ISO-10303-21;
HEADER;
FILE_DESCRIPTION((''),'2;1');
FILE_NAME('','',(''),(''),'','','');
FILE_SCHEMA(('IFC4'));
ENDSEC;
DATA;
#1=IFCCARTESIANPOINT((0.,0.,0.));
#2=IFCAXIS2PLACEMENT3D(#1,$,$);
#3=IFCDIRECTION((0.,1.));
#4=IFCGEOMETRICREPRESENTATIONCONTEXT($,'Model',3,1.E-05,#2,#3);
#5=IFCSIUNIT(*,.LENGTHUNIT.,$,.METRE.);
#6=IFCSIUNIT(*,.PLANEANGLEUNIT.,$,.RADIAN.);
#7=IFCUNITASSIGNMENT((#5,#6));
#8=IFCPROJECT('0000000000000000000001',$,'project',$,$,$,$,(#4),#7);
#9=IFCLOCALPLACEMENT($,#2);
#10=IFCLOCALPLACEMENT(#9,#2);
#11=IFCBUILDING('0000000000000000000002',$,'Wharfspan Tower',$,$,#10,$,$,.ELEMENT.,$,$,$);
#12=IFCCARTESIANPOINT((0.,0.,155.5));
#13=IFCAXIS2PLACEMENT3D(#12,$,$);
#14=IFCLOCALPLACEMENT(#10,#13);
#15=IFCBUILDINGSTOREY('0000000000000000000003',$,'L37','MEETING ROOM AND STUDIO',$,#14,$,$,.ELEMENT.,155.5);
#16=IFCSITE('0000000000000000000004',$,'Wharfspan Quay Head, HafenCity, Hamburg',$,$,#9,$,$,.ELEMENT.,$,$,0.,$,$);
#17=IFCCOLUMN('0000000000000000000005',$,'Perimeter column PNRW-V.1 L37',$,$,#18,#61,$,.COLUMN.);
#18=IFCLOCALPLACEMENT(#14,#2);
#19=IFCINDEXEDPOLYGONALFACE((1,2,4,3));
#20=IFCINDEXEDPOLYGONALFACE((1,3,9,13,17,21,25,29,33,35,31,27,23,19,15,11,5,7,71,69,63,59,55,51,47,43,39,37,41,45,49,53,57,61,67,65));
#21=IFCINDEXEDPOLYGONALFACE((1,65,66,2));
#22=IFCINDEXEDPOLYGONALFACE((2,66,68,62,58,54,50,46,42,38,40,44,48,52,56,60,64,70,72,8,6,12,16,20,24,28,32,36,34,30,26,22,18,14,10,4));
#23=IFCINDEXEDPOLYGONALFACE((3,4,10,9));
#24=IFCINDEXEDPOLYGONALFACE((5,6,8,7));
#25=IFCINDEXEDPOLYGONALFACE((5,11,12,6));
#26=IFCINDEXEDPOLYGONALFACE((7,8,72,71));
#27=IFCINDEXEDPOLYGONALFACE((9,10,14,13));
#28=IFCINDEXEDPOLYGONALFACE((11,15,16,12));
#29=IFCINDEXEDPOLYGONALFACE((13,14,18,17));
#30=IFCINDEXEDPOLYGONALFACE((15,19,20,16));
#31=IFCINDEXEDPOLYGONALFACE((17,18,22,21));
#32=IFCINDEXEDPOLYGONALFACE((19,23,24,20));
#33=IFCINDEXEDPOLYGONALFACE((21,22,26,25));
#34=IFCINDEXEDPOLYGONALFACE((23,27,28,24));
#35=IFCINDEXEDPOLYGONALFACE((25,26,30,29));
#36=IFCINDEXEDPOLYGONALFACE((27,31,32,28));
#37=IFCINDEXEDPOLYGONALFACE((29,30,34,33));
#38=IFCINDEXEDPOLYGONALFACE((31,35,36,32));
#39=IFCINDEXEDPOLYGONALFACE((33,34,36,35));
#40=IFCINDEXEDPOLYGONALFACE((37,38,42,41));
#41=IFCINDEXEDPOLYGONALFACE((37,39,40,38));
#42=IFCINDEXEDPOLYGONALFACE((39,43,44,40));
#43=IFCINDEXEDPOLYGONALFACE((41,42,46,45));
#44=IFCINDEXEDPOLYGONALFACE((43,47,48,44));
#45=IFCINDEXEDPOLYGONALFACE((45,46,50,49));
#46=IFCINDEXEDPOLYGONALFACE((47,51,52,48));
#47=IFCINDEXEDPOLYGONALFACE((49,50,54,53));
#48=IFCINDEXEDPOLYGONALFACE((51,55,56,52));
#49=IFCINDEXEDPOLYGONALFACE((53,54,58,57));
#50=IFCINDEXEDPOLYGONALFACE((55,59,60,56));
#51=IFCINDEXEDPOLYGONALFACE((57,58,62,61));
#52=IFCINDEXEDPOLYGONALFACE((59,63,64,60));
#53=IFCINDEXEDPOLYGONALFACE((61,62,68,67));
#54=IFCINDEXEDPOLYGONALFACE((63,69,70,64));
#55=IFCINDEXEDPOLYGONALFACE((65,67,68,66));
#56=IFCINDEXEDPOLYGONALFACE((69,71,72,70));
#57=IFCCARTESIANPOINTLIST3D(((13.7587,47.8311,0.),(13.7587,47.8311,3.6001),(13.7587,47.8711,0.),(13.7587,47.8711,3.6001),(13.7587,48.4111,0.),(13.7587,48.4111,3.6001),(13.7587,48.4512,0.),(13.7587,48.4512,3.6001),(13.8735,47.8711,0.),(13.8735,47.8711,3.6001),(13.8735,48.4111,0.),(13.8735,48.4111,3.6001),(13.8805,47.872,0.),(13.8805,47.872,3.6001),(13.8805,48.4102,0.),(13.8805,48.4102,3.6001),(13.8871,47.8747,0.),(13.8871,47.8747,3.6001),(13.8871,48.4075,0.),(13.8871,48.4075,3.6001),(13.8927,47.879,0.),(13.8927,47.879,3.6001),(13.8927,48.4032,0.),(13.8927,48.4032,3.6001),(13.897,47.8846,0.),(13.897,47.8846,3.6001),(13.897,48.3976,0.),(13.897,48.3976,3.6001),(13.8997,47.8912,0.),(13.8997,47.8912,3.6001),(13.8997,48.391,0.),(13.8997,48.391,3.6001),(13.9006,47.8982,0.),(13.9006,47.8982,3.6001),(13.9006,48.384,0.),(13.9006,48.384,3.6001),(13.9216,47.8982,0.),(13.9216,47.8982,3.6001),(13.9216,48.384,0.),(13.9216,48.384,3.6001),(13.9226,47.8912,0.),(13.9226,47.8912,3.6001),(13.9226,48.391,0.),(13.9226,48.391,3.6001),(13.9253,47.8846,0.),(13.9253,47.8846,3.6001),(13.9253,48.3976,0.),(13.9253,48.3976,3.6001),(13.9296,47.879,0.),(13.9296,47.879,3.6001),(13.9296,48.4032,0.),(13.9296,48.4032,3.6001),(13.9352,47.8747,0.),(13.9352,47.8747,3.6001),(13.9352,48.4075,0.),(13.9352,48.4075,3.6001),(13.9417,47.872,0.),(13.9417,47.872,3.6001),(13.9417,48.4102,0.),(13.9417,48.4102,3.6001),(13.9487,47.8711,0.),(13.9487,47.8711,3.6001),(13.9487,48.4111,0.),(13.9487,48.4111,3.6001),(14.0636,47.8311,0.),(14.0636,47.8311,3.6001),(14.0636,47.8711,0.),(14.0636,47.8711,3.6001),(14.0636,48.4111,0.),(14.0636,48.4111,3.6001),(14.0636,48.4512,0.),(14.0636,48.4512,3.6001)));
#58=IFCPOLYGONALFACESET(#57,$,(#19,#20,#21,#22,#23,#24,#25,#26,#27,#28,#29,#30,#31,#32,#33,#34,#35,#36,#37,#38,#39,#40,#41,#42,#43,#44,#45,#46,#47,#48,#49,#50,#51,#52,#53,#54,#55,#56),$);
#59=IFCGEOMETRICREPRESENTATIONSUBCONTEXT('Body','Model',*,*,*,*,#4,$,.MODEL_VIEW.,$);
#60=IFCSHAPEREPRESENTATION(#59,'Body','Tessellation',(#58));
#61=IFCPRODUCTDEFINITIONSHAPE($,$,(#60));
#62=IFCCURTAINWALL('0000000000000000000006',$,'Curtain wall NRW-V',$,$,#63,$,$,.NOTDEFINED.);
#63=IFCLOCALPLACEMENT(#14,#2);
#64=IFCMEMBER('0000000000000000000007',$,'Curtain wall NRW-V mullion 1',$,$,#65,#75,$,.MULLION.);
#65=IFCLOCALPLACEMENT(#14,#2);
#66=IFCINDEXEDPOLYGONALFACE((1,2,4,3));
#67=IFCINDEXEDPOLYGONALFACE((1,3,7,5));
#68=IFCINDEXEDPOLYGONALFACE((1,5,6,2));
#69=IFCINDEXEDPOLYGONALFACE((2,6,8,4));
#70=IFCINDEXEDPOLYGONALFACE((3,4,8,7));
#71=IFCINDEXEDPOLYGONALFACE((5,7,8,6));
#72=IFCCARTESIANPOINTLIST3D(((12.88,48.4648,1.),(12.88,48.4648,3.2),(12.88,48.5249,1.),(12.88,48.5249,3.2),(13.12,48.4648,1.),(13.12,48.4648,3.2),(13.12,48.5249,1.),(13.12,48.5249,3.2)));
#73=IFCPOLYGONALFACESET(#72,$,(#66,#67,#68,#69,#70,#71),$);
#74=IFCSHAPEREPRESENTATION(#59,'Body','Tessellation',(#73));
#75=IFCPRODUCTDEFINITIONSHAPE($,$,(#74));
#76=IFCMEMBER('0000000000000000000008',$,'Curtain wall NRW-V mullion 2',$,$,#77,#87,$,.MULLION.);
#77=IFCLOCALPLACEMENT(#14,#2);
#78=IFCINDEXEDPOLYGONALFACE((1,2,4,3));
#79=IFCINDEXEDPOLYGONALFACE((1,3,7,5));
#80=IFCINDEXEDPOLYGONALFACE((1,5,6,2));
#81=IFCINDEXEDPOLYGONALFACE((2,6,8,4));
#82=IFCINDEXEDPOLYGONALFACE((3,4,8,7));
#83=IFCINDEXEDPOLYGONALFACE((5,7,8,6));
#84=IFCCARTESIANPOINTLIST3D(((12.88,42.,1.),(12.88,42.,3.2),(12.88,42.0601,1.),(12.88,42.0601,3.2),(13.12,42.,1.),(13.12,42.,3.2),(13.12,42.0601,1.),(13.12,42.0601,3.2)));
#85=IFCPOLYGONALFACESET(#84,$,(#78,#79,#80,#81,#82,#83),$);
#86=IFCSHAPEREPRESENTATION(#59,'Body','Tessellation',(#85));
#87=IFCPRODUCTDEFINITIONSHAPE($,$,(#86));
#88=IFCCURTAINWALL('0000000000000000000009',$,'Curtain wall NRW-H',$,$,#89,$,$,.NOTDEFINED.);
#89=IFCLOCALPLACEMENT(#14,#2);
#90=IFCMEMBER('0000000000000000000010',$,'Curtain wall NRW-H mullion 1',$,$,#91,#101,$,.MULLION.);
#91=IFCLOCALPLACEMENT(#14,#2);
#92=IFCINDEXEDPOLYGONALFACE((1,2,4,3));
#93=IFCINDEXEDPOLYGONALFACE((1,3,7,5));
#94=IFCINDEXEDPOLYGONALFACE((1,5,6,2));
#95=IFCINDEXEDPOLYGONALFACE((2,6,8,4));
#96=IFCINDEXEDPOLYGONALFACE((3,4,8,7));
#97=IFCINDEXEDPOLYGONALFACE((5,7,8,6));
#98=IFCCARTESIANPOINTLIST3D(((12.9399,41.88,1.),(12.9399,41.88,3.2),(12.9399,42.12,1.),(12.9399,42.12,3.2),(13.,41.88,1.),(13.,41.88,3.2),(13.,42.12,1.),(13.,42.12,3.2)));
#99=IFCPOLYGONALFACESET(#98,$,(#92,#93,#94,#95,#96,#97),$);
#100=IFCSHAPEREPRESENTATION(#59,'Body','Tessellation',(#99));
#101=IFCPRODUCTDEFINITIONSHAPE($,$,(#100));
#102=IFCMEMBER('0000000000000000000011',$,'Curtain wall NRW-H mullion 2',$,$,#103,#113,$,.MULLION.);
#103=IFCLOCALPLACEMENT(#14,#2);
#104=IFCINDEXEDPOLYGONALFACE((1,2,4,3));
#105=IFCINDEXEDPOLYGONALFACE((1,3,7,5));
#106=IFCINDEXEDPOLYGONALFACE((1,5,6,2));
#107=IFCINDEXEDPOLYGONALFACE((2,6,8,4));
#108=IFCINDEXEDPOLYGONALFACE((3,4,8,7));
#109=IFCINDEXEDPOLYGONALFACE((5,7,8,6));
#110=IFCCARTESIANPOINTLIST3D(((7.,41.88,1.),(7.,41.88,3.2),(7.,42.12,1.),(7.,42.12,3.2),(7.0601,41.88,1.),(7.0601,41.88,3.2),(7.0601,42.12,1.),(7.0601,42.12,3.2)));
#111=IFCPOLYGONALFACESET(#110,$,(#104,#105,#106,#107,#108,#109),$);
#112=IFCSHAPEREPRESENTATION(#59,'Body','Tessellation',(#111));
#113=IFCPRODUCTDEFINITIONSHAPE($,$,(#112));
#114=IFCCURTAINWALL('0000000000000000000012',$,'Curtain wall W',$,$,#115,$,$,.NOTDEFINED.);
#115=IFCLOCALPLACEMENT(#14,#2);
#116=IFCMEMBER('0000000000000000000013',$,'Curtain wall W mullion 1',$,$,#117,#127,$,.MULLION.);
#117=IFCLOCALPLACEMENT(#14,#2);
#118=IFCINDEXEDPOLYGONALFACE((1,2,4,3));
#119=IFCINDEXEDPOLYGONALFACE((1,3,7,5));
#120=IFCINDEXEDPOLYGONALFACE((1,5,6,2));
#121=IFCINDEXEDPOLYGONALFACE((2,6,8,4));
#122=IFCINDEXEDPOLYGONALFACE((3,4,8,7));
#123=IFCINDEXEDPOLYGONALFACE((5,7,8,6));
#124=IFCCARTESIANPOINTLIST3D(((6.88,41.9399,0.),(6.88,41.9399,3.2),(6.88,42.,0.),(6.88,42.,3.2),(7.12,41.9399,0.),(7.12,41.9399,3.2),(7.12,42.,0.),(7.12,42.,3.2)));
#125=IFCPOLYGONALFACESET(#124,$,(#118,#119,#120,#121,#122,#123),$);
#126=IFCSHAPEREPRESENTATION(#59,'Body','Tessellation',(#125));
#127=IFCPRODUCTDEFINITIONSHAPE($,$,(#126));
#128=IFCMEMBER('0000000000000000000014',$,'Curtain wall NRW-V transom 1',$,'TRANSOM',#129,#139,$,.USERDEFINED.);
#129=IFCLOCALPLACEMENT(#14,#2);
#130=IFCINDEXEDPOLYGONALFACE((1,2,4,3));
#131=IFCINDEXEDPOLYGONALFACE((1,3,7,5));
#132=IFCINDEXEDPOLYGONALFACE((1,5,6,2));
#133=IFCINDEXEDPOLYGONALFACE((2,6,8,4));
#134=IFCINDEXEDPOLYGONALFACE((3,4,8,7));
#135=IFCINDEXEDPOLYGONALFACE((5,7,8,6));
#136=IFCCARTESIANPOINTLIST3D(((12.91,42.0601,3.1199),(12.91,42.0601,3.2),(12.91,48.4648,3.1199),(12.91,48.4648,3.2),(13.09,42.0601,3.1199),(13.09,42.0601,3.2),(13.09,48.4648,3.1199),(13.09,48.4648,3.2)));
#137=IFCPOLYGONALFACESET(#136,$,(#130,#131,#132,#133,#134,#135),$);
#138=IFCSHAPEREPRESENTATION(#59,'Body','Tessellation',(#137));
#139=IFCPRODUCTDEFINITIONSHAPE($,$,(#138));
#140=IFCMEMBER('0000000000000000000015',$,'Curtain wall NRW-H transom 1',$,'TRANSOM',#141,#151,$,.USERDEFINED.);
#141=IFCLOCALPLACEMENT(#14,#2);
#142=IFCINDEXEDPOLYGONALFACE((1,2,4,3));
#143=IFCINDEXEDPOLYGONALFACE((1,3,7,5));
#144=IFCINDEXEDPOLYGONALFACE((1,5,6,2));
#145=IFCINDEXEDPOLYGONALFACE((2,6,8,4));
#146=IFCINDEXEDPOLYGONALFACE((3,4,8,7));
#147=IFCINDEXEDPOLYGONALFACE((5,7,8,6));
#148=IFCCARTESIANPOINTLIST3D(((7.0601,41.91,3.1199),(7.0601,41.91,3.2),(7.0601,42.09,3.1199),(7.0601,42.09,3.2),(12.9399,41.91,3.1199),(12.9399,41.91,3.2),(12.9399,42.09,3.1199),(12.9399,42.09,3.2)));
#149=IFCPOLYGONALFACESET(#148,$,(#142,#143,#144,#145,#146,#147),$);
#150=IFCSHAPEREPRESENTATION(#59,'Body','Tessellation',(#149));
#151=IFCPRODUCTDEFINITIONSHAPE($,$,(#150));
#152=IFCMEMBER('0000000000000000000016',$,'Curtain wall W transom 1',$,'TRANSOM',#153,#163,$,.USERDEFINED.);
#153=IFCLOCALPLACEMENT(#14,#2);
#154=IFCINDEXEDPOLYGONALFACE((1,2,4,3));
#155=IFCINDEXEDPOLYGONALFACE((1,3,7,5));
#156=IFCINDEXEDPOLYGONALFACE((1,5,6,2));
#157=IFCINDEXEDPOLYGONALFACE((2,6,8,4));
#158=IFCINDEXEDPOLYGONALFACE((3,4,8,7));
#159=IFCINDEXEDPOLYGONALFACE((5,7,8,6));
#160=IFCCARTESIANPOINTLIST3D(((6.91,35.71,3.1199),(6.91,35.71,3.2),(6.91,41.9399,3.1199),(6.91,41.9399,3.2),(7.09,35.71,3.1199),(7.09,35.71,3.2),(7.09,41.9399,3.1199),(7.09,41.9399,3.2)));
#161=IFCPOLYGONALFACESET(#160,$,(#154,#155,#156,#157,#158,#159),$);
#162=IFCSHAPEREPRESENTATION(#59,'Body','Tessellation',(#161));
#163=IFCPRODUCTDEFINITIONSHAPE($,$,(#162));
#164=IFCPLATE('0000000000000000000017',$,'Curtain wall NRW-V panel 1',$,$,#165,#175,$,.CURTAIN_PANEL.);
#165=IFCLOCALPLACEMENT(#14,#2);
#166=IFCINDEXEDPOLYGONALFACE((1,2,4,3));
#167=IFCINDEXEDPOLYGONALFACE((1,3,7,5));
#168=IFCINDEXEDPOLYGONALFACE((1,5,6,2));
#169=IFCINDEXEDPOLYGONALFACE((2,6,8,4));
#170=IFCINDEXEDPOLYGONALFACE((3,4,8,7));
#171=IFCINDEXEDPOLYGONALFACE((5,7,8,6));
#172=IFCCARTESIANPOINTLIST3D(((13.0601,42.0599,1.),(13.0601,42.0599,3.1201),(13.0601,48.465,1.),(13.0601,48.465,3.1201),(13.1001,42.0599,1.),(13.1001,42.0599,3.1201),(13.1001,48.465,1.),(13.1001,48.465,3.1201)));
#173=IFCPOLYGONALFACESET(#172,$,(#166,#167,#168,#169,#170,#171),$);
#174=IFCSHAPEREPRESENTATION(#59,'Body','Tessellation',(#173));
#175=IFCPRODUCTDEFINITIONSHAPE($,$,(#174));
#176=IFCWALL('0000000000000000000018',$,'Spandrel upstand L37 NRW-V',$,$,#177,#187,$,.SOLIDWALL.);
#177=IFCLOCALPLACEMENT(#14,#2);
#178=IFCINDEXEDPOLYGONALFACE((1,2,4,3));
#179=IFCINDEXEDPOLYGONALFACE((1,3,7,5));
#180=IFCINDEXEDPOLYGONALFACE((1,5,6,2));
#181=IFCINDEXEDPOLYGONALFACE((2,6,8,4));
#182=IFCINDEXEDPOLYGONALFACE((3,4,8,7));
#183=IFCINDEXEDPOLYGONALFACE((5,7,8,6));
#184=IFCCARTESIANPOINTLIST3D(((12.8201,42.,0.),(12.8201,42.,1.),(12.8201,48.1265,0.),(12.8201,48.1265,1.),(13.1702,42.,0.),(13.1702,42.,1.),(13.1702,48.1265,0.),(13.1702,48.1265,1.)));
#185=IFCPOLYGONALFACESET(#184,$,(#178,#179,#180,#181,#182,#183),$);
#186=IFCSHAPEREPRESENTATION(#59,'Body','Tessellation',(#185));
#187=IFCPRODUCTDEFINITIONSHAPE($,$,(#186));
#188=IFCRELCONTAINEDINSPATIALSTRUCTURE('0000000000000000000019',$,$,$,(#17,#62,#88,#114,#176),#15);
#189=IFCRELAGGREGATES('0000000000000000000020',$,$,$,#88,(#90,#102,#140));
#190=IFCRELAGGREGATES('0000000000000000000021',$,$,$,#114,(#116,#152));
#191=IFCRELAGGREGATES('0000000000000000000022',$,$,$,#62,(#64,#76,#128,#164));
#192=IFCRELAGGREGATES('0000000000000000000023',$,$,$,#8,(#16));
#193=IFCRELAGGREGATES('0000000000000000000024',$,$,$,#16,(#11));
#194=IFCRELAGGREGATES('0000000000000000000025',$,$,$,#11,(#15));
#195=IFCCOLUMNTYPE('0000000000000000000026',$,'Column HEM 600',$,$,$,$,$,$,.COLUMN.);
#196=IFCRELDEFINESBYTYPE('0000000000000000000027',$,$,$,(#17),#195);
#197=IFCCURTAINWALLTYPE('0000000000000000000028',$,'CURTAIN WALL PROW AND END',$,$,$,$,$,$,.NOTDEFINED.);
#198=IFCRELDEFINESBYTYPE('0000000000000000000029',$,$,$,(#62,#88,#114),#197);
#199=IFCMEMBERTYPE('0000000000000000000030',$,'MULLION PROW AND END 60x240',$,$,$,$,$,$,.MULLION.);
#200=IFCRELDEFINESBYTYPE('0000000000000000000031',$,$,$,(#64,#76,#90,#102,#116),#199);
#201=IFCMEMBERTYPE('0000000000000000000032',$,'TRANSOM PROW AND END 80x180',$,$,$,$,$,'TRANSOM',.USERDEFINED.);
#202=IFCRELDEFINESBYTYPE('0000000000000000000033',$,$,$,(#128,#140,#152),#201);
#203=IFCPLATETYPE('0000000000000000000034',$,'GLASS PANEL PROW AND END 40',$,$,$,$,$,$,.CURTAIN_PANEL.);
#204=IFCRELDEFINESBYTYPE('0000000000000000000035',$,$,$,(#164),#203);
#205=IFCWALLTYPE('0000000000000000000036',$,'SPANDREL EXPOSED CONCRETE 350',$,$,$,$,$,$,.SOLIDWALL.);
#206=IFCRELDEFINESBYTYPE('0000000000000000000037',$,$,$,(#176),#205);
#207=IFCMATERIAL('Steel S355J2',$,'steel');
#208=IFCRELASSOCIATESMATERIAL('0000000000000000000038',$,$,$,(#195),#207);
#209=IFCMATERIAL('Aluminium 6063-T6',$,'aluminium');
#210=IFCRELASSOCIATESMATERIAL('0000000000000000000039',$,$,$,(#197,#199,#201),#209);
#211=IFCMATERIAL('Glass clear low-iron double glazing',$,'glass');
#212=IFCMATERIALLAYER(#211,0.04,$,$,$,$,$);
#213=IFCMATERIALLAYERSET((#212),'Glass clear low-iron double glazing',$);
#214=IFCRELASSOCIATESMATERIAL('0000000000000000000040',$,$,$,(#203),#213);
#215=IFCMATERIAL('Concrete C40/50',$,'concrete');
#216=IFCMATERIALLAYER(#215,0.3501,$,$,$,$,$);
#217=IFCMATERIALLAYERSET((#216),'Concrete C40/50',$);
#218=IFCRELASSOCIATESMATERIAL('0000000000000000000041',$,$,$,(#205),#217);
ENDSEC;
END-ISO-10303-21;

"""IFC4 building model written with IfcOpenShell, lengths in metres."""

from ifc_helpers import new_model, si_unit, direction, frame, frame_2d, origin, origin_2d, place, context, subcontext, project, spatial, rectangle, i_section, extrude, material, layer, layer_set, material_profile, profile_set, type_object, element, aggregate, save


model = new_model("IFC4")

# Units and contexts
model_context = context("Model", 3, precision=1e-05, world=origin(), true_north=direction((0.0, 1.0)))
body_context = subcontext(model_context, "Body", "Model", "MODEL_VIEW")
ifc_project = project(units=[si_unit("LENGTHUNIT", "METRE"), si_unit("PLANEANGLEUNIT", "RADIAN")], contexts=[model_context])

# Site, building, storey
site_placement = place(None, origin())
site = spatial("IfcSite", under=ifc_project, at=site_placement, Name="Wharfspan Quay Head, HafenCity, Hamburg", CompositionType="ELEMENT", RefElevation=0.0)
building_placement = place(site_placement, origin())
building = spatial("IfcBuilding", under=site, at=building_placement, Name="Wharfspan Tower", CompositionType="ELEMENT")
storey_placement = place(building_placement, frame((0.0, 0.0, 155.5)))
storey = spatial("IfcBuildingStorey", under=building, at=storey_placement, Name="L37", Description="MEETING ROOM AND STUDIO", CompositionType="ELEMENT", Elevation=155.5)

# Column
ifc_material_1 = material(Name="Steel S355J2", Category="steel")
ifc_material_profile_1 = material_profile(ifc_material_1, i_section(OverallWidth=0.3049, OverallDepth=0.6201, WebThickness=0.021, FlangeThickness=0.04, FilletRadius=0.0271, at=origin_2d()))
ifc_profile_set_1 = profile_set([ifc_material_profile_1], Name="Steel S355J2")
column_type = type_object("IfcColumnType", Name="Column HEM 600", PredefinedType="COLUMN", material=ifc_profile_set_1)
column_placement = place(storey_placement, frame((13.9111, 48.1411, 0.0), z_axis=(0.0, 0.0, 1.0), x_axis=(-1.0, 0.0, 0.0)))
element("IfcColumn", 1, at=column_placement, inside=storey, type_object=column_type, Name="Perimeter column PNRW-V.1 L37", PredefinedType="COLUMN", context=body_context, shape_type="SweptSolid", body=[
    extrude(i_section(OverallWidth=0.3049, OverallDepth=0.6201, WebThickness=0.021, FlangeThickness=0.04, FilletRadius=0.0271, at=origin_2d()), origin(), (0.0, 0.0, 1.0), 3.6001),
])

# Curtain walls, members
ifc_material_2 = material(Name="Aluminium 6063-T6", Category="aluminium")
curtain_wall_type = type_object("IfcCurtainWallType", Name="CURTAIN WALL PROW AND END", PredefinedType="NOTDEFINED", material=ifc_material_2)
curtain_wall_1_placement = place(storey_placement, origin())
curtain_wall_1 = element("IfcCurtainWall", 2, at=curtain_wall_1_placement, inside=storey, type_object=curtain_wall_type, Name="Curtain wall NRW-V", PredefinedType="NOTDEFINED")
ifc_material_profile_2 = material_profile(ifc_material_2, rectangle(XDim=0.24, YDim=0.0601, at=origin_2d()))
ifc_profile_set_2 = profile_set([ifc_material_profile_2], Name="Aluminium 6063-T6")
member_type_1 = type_object("IfcMemberType", Name="MULLION PROW AND END 60x240", PredefinedType="MULLION", material=ifc_profile_set_2)
member_1_placement = place(storey_placement, frame((13.0, 48.4949, 1.0), z_axis=(0.0, 0.0, 1.0), x_axis=(1.0, 0.0, 0.0)))
member_1 = element("IfcMember", 3, at=member_1_placement, type_object=member_type_1, Name="Curtain wall NRW-V mullion 1", PredefinedType="MULLION", context=body_context, shape_type="SweptSolid", body=[
    extrude(rectangle(XDim=0.24, YDim=0.0601, at=origin_2d()), origin(), (0.0, 0.0, 1.0), 2.2),
])
member_2_placement = place(storey_placement, frame((13.0, 42.03, 1.0), z_axis=(0.0, 0.0, 1.0), x_axis=(1.0, 0.0, 0.0)))
member_2 = element("IfcMember", 4, at=member_2_placement, type_object=member_type_1, Name="Curtain wall NRW-V mullion 2", PredefinedType="MULLION", context=body_context, shape_type="SweptSolid", body=[
    extrude(rectangle(XDim=0.24, YDim=0.0601, at=origin_2d()), origin(), (0.0, 0.0, 1.0), 2.2),
])
curtain_wall_2_placement = place(storey_placement, origin())
curtain_wall_2 = element("IfcCurtainWall", 5, at=curtain_wall_2_placement, inside=storey, type_object=curtain_wall_type, Name="Curtain wall NRW-H", PredefinedType="NOTDEFINED")
member_3_placement = place(storey_placement, frame((12.97, 42.0, 1.0), z_axis=(0.0, 0.0, 1.0), x_axis=(0.0, -1.0, 0.0)))
member_3 = element("IfcMember", 6, at=member_3_placement, type_object=member_type_1, Name="Curtain wall NRW-H mullion 1", PredefinedType="MULLION", context=body_context, shape_type="SweptSolid", body=[
    extrude(rectangle(XDim=0.24, YDim=0.0601, at=origin_2d()), origin(), (0.0, 0.0, 1.0), 2.2),
])
member_4_placement = place(storey_placement, frame((7.03, 42.0, 1.0), z_axis=(0.0, 0.0, 1.0), x_axis=(0.0, -1.0, 0.0)))
member_4 = element("IfcMember", 7, at=member_4_placement, type_object=member_type_1, Name="Curtain wall NRW-H mullion 2", PredefinedType="MULLION", context=body_context, shape_type="SweptSolid", body=[
    extrude(rectangle(XDim=0.24, YDim=0.0601, at=origin_2d()), origin(), (0.0, 0.0, 1.0), 2.2),
])

# Curtain wall, member
curtain_wall_3_placement = place(storey_placement, origin())
curtain_wall_3 = element("IfcCurtainWall", 8, at=curtain_wall_3_placement, inside=storey, type_object=curtain_wall_type, Name="Curtain wall W", PredefinedType="NOTDEFINED")
member_5_placement = place(storey_placement, frame((7.0, 41.97, 0.0), z_axis=(0.0, 0.0, 1.0), x_axis=(1.0, 0.0, 0.0)))
member_5 = element("IfcMember", 9, at=member_5_placement, type_object=member_type_1, Name="Curtain wall W mullion 1", PredefinedType="MULLION", context=body_context, shape_type="SweptSolid", body=[
    extrude(rectangle(XDim=0.24, YDim=0.0601, at=origin_2d()), origin(), (0.0, 0.0, 1.0), 3.2),
])

# Members
ifc_material_profile_3 = material_profile(ifc_material_2, rectangle(XDim=0.1799, YDim=0.0801, at=origin_2d()))
ifc_profile_set_3 = profile_set([ifc_material_profile_3], Name="Aluminium 6063-T6")
member_type_2 = type_object("IfcMemberType", Name="TRANSOM PROW AND END 80x180", ElementType="TRANSOM", PredefinedType="USERDEFINED", material=ifc_profile_set_3)
member_6_placement = place(storey_placement, frame((13.0, 48.4648, 3.1599), z_axis=(0.0, -1.0, 0.0), x_axis=(1.0, 0.0, 0.0)))
member_6 = element("IfcMember", 10, at=member_6_placement, type_object=member_type_2, Name="Curtain wall NRW-V transom 1", ObjectType="TRANSOM", PredefinedType="USERDEFINED", context=body_context, shape_type="SweptSolid", body=[
    extrude(rectangle(XDim=0.1799, YDim=0.0801, at=origin_2d()), origin(), (0.0, 0.0, 1.0), 6.4048),
])
member_7_placement = place(storey_placement, frame((12.9399, 42.0, 3.1599), z_axis=(-1.0, 0.0, 0.0), x_axis=(0.0, -1.0, 0.0)))
member_7 = element("IfcMember", 11, at=member_7_placement, type_object=member_type_2, Name="Curtain wall NRW-H transom 1", ObjectType="TRANSOM", PredefinedType="USERDEFINED", context=body_context, shape_type="SweptSolid", body=[
    extrude(rectangle(XDim=0.1799, YDim=0.0801, at=origin_2d()), origin(), (0.0, 0.0, 1.0), 5.8799),
])
aggregate(curtain_wall_2, [member_3, member_4, member_7])
member_8_placement = place(storey_placement, frame((7.0, 41.9399, 3.1599), z_axis=(0.0, -1.0, 0.0), x_axis=(1.0, 0.0, 0.0)))
member_8 = element("IfcMember", 12, at=member_8_placement, type_object=member_type_2, Name="Curtain wall W transom 1", ObjectType="TRANSOM", PredefinedType="USERDEFINED", context=body_context, shape_type="SweptSolid", body=[
    extrude(rectangle(XDim=0.1799, YDim=0.0801, at=origin_2d()), origin(), (0.0, 0.0, 1.0), 6.23),
])
aggregate(curtain_wall_3, [member_5, member_8])

# Plate
ifc_material_3 = material(Name="Glass clear low-iron double glazing", Category="glass")
ifc_layer_1 = layer(ifc_material_3, 0.04)
ifc_layer_set_1 = layer_set([ifc_layer_1], Name="Glass clear low-iron double glazing")
plate_type = type_object("IfcPlateType", Name="GLASS PANEL PROW AND END 40", PredefinedType="CURTAIN_PANEL", material=ifc_layer_set_1)
plate_placement = place(storey_placement, frame((13.0801, 45.2625, 1.0), z_axis=(0.0, 0.0, 1.0), x_axis=(0.0, -1.0, 0.0)))
plate = element("IfcPlate", 13, at=plate_placement, type_object=plate_type, Name="Curtain wall NRW-V panel 1", PredefinedType="CURTAIN_PANEL", context=body_context, shape_type="SweptSolid", body=[
    extrude(rectangle(XDim=6.405, YDim=0.04, at=origin_2d()), origin(), (0.0, 0.0, 1.0), 2.1201),
])
aggregate(curtain_wall_1, [member_1, member_2, member_6, plate])

# Wall
ifc_material_4 = material(Name="Concrete C40/50", Category="concrete")
ifc_layer_2 = layer(ifc_material_4, 0.3501)
ifc_layer_set_2 = layer_set([ifc_layer_2], Name="Concrete C40/50")
wall_type_1 = type_object("IfcWallType", Name="SPANDREL EXPOSED CONCRETE 350", PredefinedType="SOLIDWALL", material=ifc_layer_set_2)
wall_1_placement = place(storey_placement, frame((12.9951, 48.1265, 0.0), z_axis=(0.0, 0.0, 1.0), x_axis=(0.0, -1.0, 0.0)))
element("IfcWall", 14, at=wall_1_placement, inside=storey, type_object=wall_type_1, Name="Spandrel upstand L37 NRW-V", PredefinedType="SOLIDWALL", context=body_context, shape_type="SweptSolid", body=[
    extrude(rectangle(XDim=6.1265, YDim=0.3501, at=frame_2d((3.0632, 0.0))), origin(), (0.0, 0.0, 1.0), 1.0),
])

save(model, "model.ifc")
